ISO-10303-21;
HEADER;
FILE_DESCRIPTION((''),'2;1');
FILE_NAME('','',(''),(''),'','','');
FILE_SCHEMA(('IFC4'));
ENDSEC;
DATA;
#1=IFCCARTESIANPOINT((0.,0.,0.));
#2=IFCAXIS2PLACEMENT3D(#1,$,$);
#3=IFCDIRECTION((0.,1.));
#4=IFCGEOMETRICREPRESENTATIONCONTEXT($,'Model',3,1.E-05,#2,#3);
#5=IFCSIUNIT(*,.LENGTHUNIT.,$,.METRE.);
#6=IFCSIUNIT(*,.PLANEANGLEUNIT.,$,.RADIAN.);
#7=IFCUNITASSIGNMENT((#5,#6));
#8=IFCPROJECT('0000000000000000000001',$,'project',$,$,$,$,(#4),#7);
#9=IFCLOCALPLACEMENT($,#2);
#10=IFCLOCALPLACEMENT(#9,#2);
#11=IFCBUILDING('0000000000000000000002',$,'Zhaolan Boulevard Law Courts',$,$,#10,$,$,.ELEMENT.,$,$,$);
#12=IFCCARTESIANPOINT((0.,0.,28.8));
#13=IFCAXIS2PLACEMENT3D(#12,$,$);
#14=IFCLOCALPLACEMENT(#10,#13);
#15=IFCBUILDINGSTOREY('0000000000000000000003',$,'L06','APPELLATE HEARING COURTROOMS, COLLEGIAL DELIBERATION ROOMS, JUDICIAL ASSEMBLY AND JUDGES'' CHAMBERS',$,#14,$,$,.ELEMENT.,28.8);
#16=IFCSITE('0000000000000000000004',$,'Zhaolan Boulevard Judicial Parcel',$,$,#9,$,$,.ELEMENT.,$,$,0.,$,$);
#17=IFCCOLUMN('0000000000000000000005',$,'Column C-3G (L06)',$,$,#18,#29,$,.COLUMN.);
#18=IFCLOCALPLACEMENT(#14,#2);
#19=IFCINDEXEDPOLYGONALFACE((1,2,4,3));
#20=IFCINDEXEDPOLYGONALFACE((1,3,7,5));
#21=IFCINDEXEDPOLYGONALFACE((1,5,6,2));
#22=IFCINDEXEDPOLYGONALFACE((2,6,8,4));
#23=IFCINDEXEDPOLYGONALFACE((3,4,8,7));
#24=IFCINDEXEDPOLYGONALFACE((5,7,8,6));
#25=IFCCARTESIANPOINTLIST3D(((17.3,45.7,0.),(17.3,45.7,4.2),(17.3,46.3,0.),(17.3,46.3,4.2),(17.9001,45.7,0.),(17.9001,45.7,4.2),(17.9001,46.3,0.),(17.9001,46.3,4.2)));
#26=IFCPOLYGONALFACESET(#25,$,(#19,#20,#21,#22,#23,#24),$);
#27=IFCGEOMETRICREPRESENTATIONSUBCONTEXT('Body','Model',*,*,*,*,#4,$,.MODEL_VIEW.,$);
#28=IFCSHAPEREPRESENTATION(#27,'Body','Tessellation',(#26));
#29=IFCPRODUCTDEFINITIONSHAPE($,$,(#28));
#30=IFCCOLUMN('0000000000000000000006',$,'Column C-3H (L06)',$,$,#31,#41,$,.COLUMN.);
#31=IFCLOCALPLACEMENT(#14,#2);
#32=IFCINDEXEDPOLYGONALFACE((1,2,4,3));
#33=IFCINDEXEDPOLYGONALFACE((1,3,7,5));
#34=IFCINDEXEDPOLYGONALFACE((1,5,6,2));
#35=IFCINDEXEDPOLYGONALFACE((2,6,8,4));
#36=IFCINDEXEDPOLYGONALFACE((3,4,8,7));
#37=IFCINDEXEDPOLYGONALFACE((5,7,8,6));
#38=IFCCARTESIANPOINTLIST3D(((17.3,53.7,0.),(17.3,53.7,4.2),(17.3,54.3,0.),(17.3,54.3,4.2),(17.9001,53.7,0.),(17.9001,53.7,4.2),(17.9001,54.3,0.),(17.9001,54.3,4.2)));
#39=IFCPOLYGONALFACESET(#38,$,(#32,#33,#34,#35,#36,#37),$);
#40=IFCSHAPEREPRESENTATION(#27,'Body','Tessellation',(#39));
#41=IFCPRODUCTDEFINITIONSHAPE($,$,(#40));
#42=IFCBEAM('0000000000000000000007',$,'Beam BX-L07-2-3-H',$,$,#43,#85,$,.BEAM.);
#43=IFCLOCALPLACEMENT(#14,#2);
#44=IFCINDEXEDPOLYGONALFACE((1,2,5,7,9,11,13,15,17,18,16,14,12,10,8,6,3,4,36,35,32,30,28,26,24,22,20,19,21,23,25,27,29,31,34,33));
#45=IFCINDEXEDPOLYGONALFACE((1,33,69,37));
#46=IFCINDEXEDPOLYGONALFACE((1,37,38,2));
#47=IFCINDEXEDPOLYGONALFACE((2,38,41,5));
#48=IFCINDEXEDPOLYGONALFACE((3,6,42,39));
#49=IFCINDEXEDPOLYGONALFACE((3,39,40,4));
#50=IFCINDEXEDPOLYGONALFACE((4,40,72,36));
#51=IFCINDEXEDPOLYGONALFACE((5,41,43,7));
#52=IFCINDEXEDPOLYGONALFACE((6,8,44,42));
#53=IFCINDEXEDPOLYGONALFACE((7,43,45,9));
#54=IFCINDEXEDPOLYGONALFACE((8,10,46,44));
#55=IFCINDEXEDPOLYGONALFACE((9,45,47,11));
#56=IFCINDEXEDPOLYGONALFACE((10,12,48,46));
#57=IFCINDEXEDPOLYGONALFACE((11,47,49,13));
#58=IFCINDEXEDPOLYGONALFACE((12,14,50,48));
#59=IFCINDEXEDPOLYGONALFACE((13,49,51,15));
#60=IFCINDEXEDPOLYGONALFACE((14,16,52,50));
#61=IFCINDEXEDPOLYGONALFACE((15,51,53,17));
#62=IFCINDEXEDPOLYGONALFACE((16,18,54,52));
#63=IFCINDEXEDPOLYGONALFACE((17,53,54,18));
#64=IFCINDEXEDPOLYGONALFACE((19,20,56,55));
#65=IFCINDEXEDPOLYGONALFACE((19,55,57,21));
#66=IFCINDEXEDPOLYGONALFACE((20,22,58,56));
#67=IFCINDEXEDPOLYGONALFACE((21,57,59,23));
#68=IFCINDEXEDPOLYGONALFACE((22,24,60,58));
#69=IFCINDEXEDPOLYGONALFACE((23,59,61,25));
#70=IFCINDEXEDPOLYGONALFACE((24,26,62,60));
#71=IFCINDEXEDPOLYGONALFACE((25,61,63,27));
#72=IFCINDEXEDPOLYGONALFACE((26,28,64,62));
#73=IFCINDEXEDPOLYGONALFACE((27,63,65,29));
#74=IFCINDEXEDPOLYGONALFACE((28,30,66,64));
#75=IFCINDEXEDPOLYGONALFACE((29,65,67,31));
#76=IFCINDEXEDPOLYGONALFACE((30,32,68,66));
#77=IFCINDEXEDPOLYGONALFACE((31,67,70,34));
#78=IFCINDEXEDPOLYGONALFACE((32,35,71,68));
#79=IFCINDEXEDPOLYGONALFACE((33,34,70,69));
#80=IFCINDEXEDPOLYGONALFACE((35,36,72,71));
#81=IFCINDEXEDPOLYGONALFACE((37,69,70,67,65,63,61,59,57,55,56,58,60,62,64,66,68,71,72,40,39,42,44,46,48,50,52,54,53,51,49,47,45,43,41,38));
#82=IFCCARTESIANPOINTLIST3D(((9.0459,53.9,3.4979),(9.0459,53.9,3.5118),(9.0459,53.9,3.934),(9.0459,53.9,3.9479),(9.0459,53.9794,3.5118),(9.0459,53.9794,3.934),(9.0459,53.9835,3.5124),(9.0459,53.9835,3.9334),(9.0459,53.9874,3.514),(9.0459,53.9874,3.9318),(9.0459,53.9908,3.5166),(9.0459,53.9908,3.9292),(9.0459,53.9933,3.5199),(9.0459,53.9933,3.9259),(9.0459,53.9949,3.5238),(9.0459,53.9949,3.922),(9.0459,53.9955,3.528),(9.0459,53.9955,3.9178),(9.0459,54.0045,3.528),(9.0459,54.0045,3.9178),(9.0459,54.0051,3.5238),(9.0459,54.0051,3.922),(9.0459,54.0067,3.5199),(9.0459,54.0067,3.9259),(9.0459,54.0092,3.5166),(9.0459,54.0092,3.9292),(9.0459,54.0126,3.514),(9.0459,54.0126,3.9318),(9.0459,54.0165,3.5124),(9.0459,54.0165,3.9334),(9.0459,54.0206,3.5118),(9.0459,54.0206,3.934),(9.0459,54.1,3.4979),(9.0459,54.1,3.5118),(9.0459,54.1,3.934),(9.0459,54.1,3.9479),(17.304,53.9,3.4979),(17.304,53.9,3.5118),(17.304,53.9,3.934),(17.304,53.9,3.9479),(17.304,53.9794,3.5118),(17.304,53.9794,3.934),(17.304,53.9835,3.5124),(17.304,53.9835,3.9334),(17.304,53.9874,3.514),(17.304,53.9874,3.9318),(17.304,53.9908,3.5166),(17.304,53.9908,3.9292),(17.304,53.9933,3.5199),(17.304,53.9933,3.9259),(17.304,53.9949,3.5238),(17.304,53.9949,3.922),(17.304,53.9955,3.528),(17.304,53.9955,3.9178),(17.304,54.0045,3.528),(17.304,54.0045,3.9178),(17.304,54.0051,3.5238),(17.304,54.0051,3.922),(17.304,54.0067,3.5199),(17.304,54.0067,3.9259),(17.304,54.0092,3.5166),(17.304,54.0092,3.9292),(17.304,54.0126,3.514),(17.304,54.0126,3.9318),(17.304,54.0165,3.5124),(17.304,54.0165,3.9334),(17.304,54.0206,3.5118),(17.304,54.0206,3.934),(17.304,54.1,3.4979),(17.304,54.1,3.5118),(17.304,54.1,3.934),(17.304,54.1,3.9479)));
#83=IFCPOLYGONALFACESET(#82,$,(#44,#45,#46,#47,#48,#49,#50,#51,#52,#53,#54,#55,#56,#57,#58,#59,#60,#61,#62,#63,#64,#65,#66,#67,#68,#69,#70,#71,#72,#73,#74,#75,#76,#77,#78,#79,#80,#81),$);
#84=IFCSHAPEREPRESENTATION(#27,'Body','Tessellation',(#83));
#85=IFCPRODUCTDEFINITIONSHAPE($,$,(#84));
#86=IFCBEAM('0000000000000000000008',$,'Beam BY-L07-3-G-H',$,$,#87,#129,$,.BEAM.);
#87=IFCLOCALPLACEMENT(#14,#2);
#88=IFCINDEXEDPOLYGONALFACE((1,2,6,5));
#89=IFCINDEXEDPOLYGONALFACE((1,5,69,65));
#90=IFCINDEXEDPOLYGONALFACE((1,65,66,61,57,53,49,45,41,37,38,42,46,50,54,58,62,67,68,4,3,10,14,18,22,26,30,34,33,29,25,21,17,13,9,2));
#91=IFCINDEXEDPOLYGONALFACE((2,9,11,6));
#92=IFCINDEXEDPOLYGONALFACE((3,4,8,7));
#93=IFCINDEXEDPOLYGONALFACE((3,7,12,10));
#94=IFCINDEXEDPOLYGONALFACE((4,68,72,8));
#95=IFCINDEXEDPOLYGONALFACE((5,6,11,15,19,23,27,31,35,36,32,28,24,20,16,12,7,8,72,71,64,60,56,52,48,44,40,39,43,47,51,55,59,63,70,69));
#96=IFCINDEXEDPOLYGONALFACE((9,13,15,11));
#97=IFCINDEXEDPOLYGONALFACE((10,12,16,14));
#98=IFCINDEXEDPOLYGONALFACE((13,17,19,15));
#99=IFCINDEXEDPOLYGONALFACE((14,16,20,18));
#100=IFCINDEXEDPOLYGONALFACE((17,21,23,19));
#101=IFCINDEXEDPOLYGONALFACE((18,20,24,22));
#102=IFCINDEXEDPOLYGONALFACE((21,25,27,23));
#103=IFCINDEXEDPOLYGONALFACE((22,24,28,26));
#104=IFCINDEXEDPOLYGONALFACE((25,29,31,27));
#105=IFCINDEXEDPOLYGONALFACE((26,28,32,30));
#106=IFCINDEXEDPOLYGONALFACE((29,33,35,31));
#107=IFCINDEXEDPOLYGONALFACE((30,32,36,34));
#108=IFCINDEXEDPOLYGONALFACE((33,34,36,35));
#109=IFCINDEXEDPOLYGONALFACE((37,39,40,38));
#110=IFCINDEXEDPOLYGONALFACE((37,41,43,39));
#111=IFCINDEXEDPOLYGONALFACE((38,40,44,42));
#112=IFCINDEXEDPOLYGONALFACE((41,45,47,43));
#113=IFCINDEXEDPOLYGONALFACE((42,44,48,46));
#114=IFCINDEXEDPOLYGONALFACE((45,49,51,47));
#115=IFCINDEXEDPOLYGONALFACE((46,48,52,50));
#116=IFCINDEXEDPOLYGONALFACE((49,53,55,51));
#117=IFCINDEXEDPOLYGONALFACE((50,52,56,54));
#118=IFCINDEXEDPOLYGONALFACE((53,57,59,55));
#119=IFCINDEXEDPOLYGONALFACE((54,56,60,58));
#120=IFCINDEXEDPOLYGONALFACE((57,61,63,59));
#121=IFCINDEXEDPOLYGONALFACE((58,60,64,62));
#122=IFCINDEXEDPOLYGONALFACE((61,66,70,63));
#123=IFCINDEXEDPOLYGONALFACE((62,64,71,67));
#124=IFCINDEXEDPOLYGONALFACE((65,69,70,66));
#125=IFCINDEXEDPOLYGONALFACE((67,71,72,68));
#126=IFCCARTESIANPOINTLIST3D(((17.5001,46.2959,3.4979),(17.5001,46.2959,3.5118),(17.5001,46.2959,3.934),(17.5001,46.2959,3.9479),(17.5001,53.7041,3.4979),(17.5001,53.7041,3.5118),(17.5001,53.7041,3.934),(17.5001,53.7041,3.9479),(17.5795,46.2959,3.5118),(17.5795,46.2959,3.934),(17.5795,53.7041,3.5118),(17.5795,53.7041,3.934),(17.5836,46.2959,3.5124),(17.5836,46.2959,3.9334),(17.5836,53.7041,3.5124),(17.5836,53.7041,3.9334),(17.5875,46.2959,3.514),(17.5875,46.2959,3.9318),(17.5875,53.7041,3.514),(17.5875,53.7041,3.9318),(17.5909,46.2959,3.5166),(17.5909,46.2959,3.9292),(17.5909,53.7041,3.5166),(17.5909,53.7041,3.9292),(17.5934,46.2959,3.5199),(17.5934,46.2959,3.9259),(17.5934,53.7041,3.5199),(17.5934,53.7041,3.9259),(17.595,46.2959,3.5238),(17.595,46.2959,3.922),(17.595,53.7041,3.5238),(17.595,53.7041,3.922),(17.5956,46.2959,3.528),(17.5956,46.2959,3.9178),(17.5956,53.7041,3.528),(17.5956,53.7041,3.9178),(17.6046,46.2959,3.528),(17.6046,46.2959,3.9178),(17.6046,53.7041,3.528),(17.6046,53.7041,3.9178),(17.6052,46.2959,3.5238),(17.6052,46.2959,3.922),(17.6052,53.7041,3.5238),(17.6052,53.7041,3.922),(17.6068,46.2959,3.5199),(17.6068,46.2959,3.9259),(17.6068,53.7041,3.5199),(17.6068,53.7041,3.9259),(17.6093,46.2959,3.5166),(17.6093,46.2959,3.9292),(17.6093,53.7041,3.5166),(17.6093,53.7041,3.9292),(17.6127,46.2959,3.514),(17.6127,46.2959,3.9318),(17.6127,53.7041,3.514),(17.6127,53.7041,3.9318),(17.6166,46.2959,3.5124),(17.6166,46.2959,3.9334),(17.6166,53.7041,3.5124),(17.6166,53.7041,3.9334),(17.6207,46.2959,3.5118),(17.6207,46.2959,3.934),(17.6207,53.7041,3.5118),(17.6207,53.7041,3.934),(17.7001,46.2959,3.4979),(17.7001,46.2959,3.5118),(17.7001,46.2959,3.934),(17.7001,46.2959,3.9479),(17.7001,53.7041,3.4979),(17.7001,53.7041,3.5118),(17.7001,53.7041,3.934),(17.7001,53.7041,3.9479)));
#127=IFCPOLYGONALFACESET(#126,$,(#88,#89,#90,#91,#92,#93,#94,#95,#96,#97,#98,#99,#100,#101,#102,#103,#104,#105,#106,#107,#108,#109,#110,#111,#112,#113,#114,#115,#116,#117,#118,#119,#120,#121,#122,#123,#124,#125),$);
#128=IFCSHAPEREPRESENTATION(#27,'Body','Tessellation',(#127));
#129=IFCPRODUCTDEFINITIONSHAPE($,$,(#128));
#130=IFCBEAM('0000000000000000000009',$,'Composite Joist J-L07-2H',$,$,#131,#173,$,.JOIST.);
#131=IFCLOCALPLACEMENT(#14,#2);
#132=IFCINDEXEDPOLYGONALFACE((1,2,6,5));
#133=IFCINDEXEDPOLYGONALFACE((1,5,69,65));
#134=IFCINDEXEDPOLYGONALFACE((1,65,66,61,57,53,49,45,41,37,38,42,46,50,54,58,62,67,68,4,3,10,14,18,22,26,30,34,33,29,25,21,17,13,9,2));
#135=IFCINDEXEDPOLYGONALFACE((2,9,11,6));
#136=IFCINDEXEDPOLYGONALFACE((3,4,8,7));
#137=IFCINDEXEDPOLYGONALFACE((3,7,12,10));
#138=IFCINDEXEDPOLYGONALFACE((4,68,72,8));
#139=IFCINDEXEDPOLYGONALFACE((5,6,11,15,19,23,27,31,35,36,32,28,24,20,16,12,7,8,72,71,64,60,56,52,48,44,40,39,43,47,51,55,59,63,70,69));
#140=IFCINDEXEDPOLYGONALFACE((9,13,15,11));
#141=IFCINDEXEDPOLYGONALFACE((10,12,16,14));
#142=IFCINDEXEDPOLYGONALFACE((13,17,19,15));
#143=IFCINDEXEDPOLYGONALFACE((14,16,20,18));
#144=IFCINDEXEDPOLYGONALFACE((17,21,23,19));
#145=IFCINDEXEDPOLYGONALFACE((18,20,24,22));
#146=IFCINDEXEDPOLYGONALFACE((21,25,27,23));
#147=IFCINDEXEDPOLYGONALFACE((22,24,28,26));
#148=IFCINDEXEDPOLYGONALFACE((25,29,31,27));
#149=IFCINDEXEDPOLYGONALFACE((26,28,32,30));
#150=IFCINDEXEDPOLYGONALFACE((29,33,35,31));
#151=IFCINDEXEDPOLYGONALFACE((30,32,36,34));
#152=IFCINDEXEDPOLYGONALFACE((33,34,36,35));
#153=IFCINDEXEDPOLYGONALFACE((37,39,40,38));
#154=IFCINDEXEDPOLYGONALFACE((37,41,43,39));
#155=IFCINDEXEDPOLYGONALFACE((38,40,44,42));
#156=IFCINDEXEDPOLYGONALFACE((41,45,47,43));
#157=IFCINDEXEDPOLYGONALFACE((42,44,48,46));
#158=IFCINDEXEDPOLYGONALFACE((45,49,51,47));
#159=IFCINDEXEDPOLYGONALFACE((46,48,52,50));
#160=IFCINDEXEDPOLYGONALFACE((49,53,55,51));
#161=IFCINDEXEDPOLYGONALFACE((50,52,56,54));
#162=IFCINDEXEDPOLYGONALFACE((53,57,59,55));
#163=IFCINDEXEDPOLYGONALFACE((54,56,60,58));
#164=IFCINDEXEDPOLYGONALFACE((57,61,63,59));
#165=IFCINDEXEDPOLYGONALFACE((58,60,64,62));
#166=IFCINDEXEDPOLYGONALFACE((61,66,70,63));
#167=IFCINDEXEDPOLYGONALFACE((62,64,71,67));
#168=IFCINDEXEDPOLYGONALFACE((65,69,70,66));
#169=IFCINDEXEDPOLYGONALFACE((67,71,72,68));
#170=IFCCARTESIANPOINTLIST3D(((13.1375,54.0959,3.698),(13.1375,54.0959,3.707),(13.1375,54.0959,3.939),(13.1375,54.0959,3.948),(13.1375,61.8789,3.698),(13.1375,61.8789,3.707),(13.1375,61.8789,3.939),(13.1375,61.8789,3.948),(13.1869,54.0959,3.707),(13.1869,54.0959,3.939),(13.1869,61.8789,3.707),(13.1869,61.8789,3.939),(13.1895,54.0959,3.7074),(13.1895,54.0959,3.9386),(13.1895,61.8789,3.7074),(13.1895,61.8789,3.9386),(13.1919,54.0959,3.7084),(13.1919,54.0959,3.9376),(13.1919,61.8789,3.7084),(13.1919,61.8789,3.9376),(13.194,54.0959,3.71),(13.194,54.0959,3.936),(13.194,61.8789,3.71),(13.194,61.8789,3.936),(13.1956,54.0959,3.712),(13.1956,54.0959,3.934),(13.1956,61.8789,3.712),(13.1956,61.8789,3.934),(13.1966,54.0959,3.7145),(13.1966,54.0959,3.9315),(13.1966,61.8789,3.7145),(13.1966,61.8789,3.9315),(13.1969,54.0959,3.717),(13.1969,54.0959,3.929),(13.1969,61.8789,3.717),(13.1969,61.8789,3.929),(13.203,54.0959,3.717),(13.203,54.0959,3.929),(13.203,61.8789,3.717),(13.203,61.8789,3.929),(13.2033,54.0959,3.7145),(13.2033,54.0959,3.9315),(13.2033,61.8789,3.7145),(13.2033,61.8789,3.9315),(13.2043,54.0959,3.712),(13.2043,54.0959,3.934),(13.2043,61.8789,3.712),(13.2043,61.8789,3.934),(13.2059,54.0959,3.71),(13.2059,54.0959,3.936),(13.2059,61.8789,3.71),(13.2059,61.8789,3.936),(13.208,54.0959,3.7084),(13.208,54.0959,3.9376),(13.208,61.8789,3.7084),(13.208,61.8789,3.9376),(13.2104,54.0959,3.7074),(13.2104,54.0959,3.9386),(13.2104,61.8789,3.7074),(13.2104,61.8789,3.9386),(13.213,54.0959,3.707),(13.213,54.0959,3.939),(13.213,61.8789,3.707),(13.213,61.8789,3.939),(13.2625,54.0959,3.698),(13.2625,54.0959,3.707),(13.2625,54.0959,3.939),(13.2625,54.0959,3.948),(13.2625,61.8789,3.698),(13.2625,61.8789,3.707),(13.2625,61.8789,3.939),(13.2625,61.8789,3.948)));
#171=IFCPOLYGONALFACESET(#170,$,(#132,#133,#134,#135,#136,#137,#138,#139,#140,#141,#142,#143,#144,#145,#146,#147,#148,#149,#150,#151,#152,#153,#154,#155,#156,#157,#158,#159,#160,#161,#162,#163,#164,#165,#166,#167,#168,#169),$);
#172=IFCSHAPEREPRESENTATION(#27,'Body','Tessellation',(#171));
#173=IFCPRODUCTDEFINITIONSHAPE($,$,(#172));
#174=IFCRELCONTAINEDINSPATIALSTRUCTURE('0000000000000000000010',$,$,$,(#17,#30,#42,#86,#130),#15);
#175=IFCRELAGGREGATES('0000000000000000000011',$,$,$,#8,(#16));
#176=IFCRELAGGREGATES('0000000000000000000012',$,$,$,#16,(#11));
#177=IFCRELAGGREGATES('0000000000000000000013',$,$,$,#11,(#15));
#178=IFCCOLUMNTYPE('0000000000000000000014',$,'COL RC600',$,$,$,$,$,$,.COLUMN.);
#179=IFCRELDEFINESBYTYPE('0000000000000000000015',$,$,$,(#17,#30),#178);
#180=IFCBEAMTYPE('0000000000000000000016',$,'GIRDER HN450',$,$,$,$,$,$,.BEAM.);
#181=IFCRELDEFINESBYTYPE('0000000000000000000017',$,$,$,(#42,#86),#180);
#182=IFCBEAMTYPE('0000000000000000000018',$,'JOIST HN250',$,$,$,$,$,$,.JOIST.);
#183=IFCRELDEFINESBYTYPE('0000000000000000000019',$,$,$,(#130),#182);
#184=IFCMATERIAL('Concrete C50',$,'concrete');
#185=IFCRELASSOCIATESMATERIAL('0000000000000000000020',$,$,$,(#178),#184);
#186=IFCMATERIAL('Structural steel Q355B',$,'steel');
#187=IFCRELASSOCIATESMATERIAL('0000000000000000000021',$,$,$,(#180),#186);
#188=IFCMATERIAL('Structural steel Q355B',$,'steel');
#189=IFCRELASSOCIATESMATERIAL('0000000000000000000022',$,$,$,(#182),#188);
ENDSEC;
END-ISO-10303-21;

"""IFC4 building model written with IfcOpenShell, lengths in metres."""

from ifc_helpers import new_model, si_unit, direction, frame, origin, origin_2d, place, context, subcontext, project, spatial, rectangle, i_section, extrude, material, material_profile, profile_set, type_object, element, save


model = new_model("IFC4")

# Units and contexts
model_context = context("Model", 3, precision=1e-05, world=origin(), true_north=direction((0.0, 1.0)))
body_context = subcontext(model_context, "Body", "Model", "MODEL_VIEW")
ifc_project = project(units=[si_unit("LENGTHUNIT", "METRE"), si_unit("PLANEANGLEUNIT", "RADIAN")], contexts=[model_context])

# Site, building, storey
site_placement = place(None, origin())
site = spatial("IfcSite", under=ifc_project, at=site_placement, Name="Zhaolan Boulevard Judicial Parcel", CompositionType="ELEMENT", RefElevation=0.0)
building_placement = place(site_placement, origin())
building = spatial("IfcBuilding", under=site, at=building_placement, Name="Zhaolan Boulevard Law Courts", CompositionType="ELEMENT")
storey_placement = place(building_placement, frame((0.0, 0.0, 28.8)))
storey = spatial("IfcBuildingStorey", under=building, at=storey_placement, Name="L06", Description="APPELLATE HEARING COURTROOMS, COLLEGIAL DELIBERATION ROOMS, JUDICIAL ASSEMBLY AND JUDGES' CHAMBERS", CompositionType="ELEMENT", Elevation=28.8)

# Columns
ifc_material_1 = material(Name="Concrete C50", Category="concrete")
ifc_material_profile_1 = material_profile(ifc_material_1, rectangle(XDim=0.6001, YDim=0.6001, at=origin_2d()), Name="RC600x600")
ifc_profile_set_1 = profile_set([ifc_material_profile_1], Name="Concrete C50")
column_type = type_object("IfcColumnType", Name="COL RC600", PredefinedType="COLUMN", material=ifc_profile_set_1)
for number, where, z_axis, x_axis, name in (
    (1, (17.6001, 46.0, 0.0), (0.0, 0.0, 1.0), (1.0, 0.0, 0.0), "Column C-3G (L06)"),
    (2, (17.6001, 54.0, 0.0), (0.0, 0.0, 1.0), (1.0, 0.0, 0.0), "Column C-3H (L06)"),
):
    element("IfcColumn", number, at=place(storey_placement, frame(where, z_axis=z_axis, x_axis=x_axis)), inside=storey, type_object=column_type, Name=name, PredefinedType="COLUMN", context=body_context, shape_type="SweptSolid", body=[
        extrude(rectangle(XDim=0.6001, YDim=0.6001, at=origin_2d()), origin(), (0.0, 0.0, 1.0), 4.2),
    ])

# Beams
ifc_material_2 = material(Name="Structural steel Q355B", Category="steel")
ifc_material_profile_2 = material_profile(ifc_material_2, i_section(OverallWidth=0.2, OverallDepth=0.45, WebThickness=0.009, FlangeThickness=0.0139, FilletRadius=0.0161, at=origin_2d()), Name="HN450x200")
ifc_profile_set_2 = profile_set([ifc_material_profile_2], Name="Structural steel Q355B")
beam_type_1 = type_object("IfcBeamType", Name="GIRDER HN450", PredefinedType="BEAM", material=ifc_profile_set_2)
beam_1_placement = place(storey_placement, frame((9.0459, 54.0, 3.7229), z_axis=(1.0, 0.0, 0.0), x_axis=(0.0, 1.0, 0.0)))
element("IfcBeam", 3, at=beam_1_placement, inside=storey, type_object=beam_type_1, Name="Beam BX-L07-2-3-H", PredefinedType="BEAM", context=body_context, shape_type="SweptSolid", body=[
    extrude(i_section(OverallWidth=0.2, OverallDepth=0.45, WebThickness=0.009, FlangeThickness=0.0139, FilletRadius=0.0161, at=origin_2d()), origin(), (0.0, 0.0, 1.0), 8.2581),
])
beam_2_placement = place(storey_placement, frame((17.6001, 46.2959, 3.7229), z_axis=(0.0, 1.0, 0.0), x_axis=(-1.0, 0.0, 0.0)))
element("IfcBeam", 4, at=beam_2_placement, inside=storey, type_object=beam_type_1, Name="Beam BY-L07-3-G-H", PredefinedType="BEAM", context=body_context, shape_type="SweptSolid", body=[
    extrude(i_section(OverallWidth=0.2, OverallDepth=0.45, WebThickness=0.009, FlangeThickness=0.0139, FilletRadius=0.0161, at=origin_2d()), origin(), (0.0, 0.0, 1.0), 7.4082),
])
ifc_material_3 = material(Name="Structural steel Q355B", Category="steel")
ifc_material_profile_3 = material_profile(ifc_material_3, i_section(OverallWidth=0.125, OverallDepth=0.25, WebThickness=0.0061, FlangeThickness=0.009, FilletRadius=0.01, at=origin_2d()), Name="HN250x125")
ifc_profile_set_3 = profile_set([ifc_material_profile_3], Name="Structural steel Q355B")
beam_type_2 = type_object("IfcBeamType", Name="JOIST HN250", PredefinedType="JOIST", material=ifc_profile_set_3)
beam_3_placement = place(storey_placement, frame((13.2, 54.0959, 3.823), z_axis=(0.0, 1.0, 0.0), x_axis=(-1.0, 0.0, 0.0)))
element("IfcBeam", 5, at=beam_3_placement, inside=storey, type_object=beam_type_2, Name="Composite Joist J-L07-2H", PredefinedType="JOIST", context=body_context, shape_type="SweptSolid", body=[
    extrude(i_section(OverallWidth=0.125, OverallDepth=0.25, WebThickness=0.0061, FlangeThickness=0.009, FilletRadius=0.01, at=origin_2d()), origin(), (0.0, 0.0, 1.0), 7.783),
])

save(model, "model.ifc")
